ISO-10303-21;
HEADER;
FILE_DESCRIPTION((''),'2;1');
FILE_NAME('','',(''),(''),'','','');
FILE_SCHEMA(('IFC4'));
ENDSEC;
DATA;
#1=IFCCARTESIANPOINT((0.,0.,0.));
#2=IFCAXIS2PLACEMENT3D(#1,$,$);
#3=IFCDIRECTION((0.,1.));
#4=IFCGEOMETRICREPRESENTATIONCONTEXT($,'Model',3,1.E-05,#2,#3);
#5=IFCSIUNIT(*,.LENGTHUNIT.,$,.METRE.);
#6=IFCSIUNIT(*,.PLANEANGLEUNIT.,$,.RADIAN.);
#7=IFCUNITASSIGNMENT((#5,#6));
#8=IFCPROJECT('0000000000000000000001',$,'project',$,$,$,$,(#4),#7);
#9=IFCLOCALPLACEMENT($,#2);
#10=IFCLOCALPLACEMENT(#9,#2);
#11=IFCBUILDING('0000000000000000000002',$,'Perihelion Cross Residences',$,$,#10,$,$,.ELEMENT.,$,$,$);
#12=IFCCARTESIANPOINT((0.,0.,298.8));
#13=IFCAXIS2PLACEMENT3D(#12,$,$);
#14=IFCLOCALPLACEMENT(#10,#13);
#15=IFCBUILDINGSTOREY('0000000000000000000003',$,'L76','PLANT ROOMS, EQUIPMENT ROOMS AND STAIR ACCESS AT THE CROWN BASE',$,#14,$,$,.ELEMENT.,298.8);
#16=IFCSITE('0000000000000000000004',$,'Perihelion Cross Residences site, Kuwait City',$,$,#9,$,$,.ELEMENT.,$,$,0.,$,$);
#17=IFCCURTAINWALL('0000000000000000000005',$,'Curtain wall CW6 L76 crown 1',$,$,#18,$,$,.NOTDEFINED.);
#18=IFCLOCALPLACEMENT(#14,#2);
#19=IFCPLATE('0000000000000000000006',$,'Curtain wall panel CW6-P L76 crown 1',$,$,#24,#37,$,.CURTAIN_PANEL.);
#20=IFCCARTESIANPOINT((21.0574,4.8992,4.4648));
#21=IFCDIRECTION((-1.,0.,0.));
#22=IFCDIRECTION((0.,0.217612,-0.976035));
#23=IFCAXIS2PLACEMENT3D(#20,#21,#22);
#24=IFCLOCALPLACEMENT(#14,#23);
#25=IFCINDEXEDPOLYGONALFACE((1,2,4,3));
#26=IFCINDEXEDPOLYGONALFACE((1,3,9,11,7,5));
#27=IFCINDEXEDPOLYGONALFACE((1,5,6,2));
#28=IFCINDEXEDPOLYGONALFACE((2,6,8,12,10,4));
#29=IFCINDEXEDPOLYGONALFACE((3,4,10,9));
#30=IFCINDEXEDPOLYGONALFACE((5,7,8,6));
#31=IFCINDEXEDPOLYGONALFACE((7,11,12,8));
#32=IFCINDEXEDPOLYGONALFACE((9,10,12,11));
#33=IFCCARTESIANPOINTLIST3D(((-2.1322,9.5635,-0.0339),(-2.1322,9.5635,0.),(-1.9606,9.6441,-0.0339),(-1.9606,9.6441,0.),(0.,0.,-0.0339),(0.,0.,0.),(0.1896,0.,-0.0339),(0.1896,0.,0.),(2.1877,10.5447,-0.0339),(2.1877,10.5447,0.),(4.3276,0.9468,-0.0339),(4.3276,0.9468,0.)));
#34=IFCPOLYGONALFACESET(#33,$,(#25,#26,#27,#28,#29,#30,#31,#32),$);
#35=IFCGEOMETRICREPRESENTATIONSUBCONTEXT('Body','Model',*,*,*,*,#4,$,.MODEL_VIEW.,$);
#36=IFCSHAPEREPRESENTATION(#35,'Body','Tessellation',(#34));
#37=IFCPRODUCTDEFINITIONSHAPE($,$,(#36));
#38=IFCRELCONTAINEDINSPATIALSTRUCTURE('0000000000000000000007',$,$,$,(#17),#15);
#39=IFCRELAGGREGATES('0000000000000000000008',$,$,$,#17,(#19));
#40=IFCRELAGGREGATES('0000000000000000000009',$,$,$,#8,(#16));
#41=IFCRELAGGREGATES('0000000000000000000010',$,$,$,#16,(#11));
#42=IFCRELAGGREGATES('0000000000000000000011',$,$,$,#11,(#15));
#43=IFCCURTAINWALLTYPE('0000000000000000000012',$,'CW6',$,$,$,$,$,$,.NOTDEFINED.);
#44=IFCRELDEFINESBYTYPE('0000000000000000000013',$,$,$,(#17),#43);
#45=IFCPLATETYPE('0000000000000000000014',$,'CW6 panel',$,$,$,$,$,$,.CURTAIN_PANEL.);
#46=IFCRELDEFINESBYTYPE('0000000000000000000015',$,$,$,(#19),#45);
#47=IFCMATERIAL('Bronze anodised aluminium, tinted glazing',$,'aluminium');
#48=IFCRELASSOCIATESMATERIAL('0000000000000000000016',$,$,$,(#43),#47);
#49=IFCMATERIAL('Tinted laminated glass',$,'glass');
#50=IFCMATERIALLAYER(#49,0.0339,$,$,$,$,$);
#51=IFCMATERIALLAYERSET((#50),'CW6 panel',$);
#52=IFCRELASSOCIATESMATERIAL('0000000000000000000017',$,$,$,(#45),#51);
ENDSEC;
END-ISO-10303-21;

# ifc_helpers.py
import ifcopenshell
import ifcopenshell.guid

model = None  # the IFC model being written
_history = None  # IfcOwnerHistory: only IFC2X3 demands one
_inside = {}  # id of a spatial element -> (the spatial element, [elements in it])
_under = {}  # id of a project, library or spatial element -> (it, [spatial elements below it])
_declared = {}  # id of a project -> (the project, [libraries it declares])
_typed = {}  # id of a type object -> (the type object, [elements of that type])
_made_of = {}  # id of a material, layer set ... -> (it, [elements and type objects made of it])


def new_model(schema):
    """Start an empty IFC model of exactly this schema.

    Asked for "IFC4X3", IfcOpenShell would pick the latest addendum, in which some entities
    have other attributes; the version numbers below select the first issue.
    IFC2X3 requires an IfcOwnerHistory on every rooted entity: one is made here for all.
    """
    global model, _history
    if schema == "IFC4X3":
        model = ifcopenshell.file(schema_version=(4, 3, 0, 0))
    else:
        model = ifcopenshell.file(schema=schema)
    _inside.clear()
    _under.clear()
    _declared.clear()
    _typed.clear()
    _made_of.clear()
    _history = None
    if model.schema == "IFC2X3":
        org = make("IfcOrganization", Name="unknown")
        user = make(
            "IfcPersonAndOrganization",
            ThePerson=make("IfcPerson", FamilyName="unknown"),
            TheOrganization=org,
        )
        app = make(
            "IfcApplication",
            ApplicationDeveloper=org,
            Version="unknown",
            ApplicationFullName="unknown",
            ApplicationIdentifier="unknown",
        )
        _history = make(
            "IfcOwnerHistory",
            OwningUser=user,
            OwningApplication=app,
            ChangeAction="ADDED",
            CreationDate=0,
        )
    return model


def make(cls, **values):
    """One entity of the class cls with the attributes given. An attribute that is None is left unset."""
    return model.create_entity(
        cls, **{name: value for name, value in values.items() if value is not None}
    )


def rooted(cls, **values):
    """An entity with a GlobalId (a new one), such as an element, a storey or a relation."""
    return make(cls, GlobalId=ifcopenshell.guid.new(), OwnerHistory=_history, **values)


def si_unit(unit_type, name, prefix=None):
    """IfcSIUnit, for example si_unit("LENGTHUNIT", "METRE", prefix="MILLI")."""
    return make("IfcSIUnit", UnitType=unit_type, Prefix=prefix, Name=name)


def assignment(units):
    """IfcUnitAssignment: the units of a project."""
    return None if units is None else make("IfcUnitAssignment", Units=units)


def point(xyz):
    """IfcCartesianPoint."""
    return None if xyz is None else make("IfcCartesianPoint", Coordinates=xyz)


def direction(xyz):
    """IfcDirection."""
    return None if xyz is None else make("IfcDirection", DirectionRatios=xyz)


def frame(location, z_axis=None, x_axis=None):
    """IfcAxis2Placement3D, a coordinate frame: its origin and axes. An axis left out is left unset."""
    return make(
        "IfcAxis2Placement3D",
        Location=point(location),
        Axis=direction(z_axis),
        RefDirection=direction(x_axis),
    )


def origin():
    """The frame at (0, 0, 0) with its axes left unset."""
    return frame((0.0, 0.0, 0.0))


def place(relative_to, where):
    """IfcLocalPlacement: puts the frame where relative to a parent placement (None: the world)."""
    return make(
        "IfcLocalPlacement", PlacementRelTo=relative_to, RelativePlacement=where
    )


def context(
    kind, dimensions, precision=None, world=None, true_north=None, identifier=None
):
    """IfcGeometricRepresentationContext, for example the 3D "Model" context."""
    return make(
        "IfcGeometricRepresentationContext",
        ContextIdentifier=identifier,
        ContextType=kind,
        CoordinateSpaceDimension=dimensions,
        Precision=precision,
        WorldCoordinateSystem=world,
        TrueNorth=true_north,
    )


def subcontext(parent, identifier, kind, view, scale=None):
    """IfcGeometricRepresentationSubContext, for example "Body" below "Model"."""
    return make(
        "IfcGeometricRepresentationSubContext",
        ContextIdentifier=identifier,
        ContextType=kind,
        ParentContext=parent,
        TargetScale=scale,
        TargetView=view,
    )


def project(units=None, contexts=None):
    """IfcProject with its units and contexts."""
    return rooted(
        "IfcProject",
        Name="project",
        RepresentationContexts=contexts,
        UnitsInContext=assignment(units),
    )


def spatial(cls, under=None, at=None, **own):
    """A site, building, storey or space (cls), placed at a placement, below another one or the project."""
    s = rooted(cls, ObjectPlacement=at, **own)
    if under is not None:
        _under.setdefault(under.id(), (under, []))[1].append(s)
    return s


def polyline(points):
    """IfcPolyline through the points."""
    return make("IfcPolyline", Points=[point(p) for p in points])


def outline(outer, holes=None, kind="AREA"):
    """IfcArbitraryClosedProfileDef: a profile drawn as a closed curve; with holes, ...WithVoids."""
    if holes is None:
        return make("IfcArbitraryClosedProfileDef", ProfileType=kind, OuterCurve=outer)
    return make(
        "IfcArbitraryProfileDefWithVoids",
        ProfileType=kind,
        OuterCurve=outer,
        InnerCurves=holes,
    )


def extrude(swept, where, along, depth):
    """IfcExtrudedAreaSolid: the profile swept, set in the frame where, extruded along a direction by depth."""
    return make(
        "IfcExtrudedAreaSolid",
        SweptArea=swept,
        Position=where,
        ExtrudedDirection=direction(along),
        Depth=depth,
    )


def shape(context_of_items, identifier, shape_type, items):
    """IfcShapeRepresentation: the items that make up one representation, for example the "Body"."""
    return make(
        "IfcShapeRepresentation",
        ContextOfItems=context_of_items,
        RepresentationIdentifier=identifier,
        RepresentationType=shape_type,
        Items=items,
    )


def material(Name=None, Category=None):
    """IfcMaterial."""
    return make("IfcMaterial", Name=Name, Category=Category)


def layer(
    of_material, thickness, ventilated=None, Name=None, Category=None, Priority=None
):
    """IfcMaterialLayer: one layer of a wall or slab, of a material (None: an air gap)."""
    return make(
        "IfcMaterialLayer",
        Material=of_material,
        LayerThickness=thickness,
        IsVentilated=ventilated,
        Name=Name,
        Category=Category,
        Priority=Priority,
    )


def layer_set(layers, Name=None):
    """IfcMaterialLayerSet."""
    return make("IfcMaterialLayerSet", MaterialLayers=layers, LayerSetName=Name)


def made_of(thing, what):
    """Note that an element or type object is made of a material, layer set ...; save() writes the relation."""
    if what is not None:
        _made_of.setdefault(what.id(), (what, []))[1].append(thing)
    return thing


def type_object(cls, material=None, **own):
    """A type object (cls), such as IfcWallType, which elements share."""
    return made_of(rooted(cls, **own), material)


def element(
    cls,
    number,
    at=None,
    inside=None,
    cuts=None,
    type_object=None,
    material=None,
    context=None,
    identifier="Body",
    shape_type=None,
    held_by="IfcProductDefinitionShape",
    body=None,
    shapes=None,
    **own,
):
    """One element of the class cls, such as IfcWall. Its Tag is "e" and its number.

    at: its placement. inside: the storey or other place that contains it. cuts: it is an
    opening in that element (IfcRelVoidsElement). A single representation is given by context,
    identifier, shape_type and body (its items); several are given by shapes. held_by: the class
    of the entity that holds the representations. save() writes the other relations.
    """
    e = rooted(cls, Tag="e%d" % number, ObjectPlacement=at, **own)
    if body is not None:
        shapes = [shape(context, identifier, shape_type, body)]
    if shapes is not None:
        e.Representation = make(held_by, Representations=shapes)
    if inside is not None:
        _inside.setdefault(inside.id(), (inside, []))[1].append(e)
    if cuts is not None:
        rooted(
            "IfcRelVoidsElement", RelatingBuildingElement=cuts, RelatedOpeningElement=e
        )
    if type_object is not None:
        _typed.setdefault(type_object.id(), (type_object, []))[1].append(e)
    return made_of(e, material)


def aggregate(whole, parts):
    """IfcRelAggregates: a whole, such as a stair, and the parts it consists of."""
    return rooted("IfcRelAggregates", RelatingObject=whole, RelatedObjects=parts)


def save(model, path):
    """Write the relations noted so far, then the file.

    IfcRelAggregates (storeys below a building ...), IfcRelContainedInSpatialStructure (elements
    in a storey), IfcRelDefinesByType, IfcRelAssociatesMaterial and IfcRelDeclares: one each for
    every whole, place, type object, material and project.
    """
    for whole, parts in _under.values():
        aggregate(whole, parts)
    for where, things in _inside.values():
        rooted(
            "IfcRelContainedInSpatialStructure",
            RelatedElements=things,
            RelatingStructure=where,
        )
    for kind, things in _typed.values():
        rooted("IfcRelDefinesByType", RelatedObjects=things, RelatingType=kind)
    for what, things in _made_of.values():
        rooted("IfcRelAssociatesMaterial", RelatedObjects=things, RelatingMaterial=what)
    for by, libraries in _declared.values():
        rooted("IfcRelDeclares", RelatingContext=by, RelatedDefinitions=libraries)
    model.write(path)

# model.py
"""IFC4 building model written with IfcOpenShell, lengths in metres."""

from ifc_helpers import new_model, si_unit, direction, frame, origin, place, context, subcontext, project, spatial, polyline, outline, extrude, material, layer, layer_set, type_object, element, aggregate, save


model = new_model("IFC4")

# Units and contexts
model_context = context("Model", 3, precision=1e-05, world=origin(), true_north=direction((0.0, 1.0)))
body_context = subcontext(model_context, "Body", "Model", "MODEL_VIEW")
ifc_project = project(units=[si_unit("LENGTHUNIT", "METRE"), si_unit("PLANEANGLEUNIT", "RADIAN")], contexts=[model_context])

# Site, building, storey
site_placement = place(None, origin())
site = spatial("IfcSite", under=ifc_project, at=site_placement, Name="Perihelion Cross Residences site, Kuwait City", CompositionType="ELEMENT", RefElevation=0.0)
building_placement = place(site_placement, origin())
building = spatial("IfcBuilding", under=site, at=building_placement, Name="Perihelion Cross Residences", CompositionType="ELEMENT")
storey_placement = place(building_placement, frame((0.0, 0.0, 298.8)))
storey = spatial("IfcBuildingStorey", under=building, at=storey_placement, Name="L76", Description="PLANT ROOMS, EQUIPMENT ROOMS AND STAIR ACCESS AT THE CROWN BASE", CompositionType="ELEMENT", Elevation=298.8)

# Shared definitions
ifc_material_1 = material(Name="Bronze anodised aluminium, tinted glazing", Category="aluminium")
curtain_wall_type = type_object("IfcCurtainWallType", Name="CW6", PredefinedType="NOTDEFINED", material=ifc_material_1)

# Curtain wall, plate
curtain_wall_1_placement = place(storey_placement, origin())
curtain_wall_1 = element("IfcCurtainWall", 1, at=curtain_wall_1_placement, inside=storey, type_object=curtain_wall_type, Name="Curtain wall CW6 L76 crown 1", PredefinedType="NOTDEFINED")
ifc_material_2 = material(Name="Tinted laminated glass", Category="glass")
ifc_layer_1 = layer(ifc_material_2, 0.0339)
ifc_layer_set_1 = layer_set([ifc_layer_1], Name="CW6 panel")
plate_type = type_object("IfcPlateType", Name="CW6 panel", PredefinedType="CURTAIN_PANEL", material=ifc_layer_set_1)
plate_placement = place(storey_placement, frame((21.0574, 4.8992, 4.4648), z_axis=(-1.0, 0.0, 0.0), x_axis=(0.0, 0.217612, -0.976035)))
plate = element("IfcPlate", 2, at=plate_placement, type_object=plate_type, Name="Curtain wall panel CW6-P L76 crown 1", PredefinedType="CURTAIN_PANEL", context=body_context, shape_type="SweptSolid", body=[
    extrude(outline(polyline([(0.0, 0.0), (0.1896, 0.0), (4.3276, 0.9468), (2.1877, 10.5447), (-1.9606, 9.6441), (-2.1322, 9.5635), (0.0, 0.0)])), origin(), (0.0, 0.0, -1.0), 0.0339),
])
aggregate(curtain_wall_1, [plate])

save(model, "model.ifc")
